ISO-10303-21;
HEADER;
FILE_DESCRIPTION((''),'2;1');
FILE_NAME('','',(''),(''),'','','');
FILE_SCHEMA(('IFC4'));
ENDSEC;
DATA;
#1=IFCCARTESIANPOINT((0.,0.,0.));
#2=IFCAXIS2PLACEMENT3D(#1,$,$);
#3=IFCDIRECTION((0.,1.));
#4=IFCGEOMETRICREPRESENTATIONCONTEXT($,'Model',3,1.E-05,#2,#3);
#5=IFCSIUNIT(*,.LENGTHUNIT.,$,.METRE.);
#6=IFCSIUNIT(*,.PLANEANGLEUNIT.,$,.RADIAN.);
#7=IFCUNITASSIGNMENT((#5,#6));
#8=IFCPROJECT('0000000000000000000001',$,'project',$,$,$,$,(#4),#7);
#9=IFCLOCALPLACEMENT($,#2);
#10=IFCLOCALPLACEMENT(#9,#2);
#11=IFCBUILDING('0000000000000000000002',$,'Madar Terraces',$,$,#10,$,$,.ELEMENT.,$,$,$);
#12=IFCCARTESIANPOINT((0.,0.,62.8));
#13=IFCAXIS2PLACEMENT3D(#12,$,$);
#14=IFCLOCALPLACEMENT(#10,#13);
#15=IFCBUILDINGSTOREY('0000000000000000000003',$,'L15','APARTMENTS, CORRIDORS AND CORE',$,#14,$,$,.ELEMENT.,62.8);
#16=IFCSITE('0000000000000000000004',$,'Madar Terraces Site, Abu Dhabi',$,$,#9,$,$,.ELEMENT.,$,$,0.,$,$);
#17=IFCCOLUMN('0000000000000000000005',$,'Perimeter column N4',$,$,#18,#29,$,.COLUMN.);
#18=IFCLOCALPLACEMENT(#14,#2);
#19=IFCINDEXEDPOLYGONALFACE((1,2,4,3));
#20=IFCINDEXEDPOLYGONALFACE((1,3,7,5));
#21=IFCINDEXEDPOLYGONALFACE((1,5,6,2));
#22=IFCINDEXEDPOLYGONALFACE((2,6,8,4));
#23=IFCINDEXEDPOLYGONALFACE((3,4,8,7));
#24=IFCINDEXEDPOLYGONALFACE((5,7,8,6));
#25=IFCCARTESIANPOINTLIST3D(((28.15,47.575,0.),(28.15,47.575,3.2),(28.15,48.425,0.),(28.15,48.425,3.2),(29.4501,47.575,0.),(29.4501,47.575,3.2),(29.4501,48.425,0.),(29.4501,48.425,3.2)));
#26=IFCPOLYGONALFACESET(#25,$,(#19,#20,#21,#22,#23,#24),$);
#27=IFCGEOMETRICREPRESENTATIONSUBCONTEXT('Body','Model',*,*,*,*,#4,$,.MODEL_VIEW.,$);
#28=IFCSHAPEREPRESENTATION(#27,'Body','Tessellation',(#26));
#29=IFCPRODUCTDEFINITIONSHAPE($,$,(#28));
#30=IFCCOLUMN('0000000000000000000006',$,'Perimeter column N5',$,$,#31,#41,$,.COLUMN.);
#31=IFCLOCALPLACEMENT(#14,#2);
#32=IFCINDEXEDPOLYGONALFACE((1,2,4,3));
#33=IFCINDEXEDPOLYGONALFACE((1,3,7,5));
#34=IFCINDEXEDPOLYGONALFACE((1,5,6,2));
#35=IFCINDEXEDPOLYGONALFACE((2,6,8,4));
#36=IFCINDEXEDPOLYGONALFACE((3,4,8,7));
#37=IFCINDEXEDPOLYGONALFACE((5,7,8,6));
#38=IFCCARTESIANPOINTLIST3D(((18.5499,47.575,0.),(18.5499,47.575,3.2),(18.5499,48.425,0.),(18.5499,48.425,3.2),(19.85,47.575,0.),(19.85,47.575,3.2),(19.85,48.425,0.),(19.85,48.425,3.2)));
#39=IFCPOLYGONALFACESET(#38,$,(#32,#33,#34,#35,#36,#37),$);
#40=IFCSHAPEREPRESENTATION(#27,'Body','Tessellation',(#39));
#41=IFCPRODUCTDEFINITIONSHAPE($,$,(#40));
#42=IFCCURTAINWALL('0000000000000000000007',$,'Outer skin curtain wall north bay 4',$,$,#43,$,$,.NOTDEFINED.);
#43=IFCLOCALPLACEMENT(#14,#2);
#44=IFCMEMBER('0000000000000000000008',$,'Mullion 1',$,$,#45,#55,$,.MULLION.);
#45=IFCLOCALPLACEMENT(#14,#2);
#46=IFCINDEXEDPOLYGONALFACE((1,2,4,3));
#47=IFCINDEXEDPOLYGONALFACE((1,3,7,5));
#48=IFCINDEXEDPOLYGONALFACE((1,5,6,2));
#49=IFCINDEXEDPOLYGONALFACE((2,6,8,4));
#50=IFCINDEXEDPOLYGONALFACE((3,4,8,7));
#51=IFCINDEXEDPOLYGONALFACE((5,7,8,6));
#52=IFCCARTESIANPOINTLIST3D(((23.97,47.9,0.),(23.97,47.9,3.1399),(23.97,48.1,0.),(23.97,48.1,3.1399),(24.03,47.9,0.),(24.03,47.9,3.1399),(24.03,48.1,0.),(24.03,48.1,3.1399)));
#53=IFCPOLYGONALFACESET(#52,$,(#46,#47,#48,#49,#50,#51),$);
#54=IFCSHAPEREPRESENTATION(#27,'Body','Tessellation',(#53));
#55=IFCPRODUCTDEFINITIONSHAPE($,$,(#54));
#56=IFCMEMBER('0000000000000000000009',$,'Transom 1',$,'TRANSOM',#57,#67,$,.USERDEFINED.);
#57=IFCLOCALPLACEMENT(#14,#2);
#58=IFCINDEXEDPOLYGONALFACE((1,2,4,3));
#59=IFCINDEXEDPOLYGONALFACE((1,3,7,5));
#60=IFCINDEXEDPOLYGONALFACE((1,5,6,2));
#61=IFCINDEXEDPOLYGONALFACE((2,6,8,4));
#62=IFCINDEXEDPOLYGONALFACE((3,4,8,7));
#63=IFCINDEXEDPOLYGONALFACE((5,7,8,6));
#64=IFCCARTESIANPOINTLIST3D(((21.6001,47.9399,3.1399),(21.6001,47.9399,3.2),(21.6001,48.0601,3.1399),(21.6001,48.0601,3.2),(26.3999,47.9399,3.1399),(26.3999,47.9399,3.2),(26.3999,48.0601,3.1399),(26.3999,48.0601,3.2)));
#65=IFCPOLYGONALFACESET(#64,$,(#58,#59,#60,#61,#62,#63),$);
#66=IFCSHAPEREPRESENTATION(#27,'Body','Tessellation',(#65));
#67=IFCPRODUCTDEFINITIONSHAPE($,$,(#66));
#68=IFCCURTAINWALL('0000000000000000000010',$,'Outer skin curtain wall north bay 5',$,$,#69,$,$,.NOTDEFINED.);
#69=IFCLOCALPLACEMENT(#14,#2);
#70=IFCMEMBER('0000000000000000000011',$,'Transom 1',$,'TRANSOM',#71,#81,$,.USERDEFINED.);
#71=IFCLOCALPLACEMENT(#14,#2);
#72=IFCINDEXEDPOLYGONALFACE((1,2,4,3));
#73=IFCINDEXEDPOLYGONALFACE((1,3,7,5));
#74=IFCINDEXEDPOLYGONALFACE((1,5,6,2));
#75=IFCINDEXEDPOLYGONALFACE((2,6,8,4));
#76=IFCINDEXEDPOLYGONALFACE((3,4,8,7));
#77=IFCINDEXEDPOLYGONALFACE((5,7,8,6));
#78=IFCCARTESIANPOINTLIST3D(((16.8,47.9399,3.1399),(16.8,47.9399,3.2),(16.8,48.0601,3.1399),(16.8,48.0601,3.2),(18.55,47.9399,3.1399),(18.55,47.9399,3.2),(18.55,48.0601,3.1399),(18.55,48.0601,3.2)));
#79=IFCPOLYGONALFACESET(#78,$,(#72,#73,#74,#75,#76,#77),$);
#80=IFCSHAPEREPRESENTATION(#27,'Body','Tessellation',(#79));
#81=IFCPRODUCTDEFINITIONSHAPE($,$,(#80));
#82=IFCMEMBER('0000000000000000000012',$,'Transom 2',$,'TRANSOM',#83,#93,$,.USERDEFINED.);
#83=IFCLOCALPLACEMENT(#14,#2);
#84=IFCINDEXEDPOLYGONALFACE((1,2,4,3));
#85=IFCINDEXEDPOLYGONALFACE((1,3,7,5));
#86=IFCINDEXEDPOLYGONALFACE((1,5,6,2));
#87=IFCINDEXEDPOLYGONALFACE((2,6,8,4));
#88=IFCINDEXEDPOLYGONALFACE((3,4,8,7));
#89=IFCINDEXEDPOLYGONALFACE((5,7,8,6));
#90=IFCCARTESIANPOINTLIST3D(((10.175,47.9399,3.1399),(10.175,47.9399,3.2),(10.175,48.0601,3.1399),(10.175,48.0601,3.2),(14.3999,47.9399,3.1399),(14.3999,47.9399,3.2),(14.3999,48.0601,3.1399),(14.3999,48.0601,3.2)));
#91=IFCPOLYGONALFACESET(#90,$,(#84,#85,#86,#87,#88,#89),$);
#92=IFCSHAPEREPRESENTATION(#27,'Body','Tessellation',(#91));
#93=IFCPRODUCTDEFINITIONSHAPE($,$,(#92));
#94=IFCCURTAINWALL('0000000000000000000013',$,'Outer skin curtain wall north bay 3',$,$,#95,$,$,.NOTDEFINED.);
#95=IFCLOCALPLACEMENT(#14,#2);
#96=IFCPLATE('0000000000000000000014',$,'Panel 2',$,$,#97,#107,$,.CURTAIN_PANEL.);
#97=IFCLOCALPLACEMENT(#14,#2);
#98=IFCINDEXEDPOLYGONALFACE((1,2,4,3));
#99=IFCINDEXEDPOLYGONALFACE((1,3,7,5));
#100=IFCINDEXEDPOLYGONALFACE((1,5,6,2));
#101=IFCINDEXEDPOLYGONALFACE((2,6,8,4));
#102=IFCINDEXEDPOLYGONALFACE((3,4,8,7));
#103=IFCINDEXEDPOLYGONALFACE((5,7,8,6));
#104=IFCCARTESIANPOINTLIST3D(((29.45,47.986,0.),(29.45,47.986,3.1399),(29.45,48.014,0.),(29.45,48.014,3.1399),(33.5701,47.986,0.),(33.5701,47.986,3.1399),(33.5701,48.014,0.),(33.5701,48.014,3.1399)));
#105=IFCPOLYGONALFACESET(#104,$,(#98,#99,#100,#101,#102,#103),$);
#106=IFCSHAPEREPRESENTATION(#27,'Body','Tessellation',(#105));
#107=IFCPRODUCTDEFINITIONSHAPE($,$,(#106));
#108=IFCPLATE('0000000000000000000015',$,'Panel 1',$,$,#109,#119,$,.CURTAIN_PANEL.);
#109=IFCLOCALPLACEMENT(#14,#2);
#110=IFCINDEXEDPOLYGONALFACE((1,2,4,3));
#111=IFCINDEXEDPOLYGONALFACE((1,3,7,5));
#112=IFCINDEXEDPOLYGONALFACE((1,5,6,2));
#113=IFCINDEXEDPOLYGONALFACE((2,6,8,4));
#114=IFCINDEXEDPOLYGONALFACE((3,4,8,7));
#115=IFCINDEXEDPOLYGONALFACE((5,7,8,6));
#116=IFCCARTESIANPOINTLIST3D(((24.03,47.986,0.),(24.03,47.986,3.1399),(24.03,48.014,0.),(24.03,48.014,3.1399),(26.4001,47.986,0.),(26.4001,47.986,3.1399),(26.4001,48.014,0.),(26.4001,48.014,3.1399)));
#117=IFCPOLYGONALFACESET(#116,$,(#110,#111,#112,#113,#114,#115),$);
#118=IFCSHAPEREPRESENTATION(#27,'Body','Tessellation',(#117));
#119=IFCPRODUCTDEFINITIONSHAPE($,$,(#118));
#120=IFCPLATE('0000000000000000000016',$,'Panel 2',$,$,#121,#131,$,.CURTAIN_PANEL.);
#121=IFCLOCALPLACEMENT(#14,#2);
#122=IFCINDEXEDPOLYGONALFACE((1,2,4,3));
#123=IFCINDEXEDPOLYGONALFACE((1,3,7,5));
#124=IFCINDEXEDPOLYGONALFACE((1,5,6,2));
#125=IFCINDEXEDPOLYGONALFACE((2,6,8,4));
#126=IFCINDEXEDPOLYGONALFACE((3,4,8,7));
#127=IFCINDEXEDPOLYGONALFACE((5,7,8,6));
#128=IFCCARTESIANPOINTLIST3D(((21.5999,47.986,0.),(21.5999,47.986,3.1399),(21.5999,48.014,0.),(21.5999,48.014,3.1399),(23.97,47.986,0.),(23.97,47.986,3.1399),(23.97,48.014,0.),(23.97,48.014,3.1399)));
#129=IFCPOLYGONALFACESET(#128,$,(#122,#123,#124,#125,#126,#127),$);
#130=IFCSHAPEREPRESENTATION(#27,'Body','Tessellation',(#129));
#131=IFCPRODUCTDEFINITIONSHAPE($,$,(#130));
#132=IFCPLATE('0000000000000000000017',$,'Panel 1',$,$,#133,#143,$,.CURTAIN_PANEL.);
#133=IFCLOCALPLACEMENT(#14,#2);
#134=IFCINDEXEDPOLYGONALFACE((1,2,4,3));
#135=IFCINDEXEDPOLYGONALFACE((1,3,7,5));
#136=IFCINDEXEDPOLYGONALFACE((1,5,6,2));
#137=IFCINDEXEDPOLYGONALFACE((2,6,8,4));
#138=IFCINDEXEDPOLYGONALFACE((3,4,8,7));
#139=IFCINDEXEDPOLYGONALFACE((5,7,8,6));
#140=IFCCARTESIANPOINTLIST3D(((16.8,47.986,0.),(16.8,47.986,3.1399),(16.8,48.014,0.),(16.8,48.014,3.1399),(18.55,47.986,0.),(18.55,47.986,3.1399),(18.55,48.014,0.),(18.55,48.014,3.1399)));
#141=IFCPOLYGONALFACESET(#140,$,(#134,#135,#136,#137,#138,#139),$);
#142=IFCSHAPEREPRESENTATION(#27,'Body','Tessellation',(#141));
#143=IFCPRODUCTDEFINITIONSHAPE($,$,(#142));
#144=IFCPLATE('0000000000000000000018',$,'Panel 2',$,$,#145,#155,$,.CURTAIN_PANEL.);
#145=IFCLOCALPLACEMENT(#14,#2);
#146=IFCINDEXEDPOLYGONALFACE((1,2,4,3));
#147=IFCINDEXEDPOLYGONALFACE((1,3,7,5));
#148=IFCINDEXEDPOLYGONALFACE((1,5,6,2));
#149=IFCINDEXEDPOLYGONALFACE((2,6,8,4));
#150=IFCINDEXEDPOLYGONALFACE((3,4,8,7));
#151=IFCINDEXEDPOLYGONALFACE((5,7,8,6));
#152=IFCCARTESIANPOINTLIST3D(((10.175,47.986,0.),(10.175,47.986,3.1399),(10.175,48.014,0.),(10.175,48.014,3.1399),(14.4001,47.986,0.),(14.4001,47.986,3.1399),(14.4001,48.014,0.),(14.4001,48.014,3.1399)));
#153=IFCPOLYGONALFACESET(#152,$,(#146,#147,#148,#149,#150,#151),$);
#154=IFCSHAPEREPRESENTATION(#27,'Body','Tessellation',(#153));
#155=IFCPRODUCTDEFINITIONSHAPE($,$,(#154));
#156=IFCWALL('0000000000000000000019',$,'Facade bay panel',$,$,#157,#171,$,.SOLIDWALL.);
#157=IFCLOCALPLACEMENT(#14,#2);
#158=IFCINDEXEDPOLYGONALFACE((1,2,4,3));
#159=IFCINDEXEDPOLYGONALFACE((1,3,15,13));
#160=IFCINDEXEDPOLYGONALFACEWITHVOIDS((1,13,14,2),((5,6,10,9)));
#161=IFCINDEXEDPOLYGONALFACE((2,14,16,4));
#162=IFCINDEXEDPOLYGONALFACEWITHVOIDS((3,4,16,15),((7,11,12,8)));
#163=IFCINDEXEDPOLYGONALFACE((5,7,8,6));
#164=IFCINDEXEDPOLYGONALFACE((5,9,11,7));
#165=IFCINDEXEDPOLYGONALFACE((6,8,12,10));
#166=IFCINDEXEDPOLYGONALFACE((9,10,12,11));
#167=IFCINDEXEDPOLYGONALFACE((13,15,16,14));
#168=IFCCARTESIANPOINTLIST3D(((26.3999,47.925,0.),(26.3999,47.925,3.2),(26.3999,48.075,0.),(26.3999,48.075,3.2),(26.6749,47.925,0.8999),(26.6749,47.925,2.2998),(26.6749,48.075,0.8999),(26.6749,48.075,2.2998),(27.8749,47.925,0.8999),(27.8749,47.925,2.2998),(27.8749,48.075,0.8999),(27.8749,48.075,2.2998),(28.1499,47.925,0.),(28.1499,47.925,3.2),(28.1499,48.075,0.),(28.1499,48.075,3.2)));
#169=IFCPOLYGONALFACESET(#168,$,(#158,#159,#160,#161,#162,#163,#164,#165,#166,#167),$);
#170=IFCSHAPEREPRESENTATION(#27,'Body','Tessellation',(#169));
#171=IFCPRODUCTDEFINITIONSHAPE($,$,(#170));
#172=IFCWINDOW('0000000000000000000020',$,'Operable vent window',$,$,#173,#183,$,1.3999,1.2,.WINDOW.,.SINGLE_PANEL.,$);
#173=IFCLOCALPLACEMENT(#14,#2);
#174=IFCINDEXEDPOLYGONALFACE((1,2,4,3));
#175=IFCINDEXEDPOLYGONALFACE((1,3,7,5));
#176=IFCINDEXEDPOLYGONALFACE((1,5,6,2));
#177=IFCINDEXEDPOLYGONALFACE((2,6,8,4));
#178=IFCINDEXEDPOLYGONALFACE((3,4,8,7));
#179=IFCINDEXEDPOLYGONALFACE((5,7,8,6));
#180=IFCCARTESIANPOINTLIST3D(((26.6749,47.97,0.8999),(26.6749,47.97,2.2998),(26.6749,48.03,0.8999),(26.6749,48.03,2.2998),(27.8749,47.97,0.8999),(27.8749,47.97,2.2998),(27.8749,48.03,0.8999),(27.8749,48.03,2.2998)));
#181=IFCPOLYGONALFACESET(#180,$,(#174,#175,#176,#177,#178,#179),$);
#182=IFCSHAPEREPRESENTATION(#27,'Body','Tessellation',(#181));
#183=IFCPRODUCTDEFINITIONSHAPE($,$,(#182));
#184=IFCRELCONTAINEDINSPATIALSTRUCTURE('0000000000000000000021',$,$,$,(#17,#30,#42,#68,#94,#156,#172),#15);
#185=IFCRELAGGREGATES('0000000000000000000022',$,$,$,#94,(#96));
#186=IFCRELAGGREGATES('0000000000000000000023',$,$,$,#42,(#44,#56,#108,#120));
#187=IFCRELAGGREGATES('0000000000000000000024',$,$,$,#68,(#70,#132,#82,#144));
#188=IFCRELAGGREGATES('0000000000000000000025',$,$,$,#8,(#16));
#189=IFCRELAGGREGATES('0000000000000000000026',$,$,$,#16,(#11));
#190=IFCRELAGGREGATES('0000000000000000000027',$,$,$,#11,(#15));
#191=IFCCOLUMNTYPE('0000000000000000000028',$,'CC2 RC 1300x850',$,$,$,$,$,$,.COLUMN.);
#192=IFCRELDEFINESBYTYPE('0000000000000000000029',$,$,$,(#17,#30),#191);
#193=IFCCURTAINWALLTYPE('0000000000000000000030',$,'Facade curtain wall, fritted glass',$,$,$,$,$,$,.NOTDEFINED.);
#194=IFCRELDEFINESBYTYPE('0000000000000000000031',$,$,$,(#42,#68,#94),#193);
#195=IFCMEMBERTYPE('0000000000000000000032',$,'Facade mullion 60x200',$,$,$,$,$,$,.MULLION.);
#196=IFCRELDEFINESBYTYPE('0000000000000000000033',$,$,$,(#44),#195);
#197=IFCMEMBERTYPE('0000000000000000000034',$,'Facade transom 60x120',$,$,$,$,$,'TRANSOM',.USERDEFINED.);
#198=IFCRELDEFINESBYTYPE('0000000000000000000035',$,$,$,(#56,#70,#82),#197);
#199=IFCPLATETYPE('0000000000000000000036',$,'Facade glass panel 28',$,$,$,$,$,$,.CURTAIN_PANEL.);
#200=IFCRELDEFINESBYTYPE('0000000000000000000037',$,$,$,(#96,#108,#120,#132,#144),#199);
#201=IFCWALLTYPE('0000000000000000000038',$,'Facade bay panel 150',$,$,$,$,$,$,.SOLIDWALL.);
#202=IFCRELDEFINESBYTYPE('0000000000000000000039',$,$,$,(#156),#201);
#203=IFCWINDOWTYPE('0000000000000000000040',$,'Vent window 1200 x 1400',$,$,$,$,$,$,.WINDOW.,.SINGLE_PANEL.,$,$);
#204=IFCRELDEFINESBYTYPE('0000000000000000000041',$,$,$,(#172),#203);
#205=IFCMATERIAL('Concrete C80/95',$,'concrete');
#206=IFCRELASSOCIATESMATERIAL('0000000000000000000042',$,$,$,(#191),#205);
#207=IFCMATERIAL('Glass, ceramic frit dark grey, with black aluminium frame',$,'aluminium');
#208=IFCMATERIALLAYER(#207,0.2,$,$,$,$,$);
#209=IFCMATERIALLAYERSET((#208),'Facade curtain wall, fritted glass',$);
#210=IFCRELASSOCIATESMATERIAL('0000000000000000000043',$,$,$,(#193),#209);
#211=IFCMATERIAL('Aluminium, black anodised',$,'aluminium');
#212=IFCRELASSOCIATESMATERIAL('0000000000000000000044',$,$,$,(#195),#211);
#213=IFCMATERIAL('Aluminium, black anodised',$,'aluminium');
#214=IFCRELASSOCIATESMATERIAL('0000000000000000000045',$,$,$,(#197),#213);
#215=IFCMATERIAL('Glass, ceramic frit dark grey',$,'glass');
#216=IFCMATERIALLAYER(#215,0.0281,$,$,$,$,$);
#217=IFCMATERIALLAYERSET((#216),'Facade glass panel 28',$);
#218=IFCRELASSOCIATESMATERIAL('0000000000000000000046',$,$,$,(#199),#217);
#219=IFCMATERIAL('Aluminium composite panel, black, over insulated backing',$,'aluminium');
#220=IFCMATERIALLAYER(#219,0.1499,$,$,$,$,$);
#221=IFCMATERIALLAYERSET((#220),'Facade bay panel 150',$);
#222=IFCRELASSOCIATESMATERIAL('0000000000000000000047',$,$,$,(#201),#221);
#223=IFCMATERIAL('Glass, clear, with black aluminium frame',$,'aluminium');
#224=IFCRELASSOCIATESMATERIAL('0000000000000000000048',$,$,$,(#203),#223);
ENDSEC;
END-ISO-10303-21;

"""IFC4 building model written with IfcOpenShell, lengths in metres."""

from ifc_helpers import new_model, si_unit, direction, frame, frame_2d, origin, origin_2d, place, context, subcontext, project, spatial, rectangle, extrude, material, layer, layer_set, material_profile, profile_set, type_object, element, fill, aggregate, save


model = new_model("IFC4")

# Units and contexts
model_context = context("Model", 3, precision=1e-05, world=origin(), true_north=direction((0.0, 1.0)))
body_context = subcontext(model_context, "Body", "Model", "MODEL_VIEW")
ifc_project = project(units=[si_unit("LENGTHUNIT", "METRE"), si_unit("PLANEANGLEUNIT", "RADIAN")], contexts=[model_context])

# Site, building, storey
site_placement = place(None, origin())
site = spatial("IfcSite", under=ifc_project, at=site_placement, Name="Madar Terraces Site, Abu Dhabi", CompositionType="ELEMENT", RefElevation=0.0)
building_placement = place(site_placement, origin())
building = spatial("IfcBuilding", under=site, at=building_placement, Name="Madar Terraces", CompositionType="ELEMENT")
storey_placement = place(building_placement, frame((0.0, 0.0, 62.8)))
storey = spatial("IfcBuildingStorey", under=building, at=storey_placement, Name="L15", Description="APARTMENTS, CORRIDORS AND CORE", CompositionType="ELEMENT", Elevation=62.8)

# Columns
ifc_material_1 = material(Name="Concrete C80/95", Category="concrete")
ifc_material_profile_1 = material_profile(ifc_material_1, rectangle(XDim=1.3, YDim=0.8501, at=origin_2d()), Name="CC2 RC 1300x850")
ifc_profile_set_1 = profile_set([ifc_material_profile_1], Name="Concrete C80/95")
column_type = type_object("IfcColumnType", Name="CC2 RC 1300x850", PredefinedType="COLUMN", material=ifc_profile_set_1)
for number, where, z_axis, x_axis, name in (
    (1, (28.8, 48.0, 0.0), (0.0, 0.0, 1.0), (1.0, 0.0, 0.0), "Perimeter column N4"),
    (2, (19.2, 48.0, 0.0), (0.0, 0.0, 1.0), (1.0, 0.0, 0.0), "Perimeter column N5"),
):
    element("IfcColumn", number, at=place(storey_placement, frame(where, z_axis=z_axis, x_axis=x_axis)), inside=storey, type_object=column_type, Name=name, PredefinedType="COLUMN", context=body_context, shape_type="SweptSolid", body=[
        extrude(rectangle(XDim=1.3, YDim=0.8501, at=origin_2d()), origin(), (0.0, 0.0, 1.0), 3.2),
    ])

# Curtain walls, members
ifc_material_2 = material(Name="Glass, ceramic frit dark grey, with black aluminium frame", Category="aluminium")
ifc_layer_1 = layer(ifc_material_2, 0.2)
ifc_layer_set_1 = layer_set([ifc_layer_1], Name="Facade curtain wall, fritted glass")
curtain_wall_type = type_object("IfcCurtainWallType", Name="Facade curtain wall, fritted glass", PredefinedType="NOTDEFINED", material=ifc_layer_set_1)
curtain_wall_1_placement = place(storey_placement, origin())
curtain_wall_1 = element("IfcCurtainWall", 3, at=curtain_wall_1_placement, inside=storey, type_object=curtain_wall_type, Name="Outer skin curtain wall north bay 4", PredefinedType="NOTDEFINED")
ifc_material_3 = material(Name="Aluminium, black anodised", Category="aluminium")
ifc_material_profile_2 = material_profile(ifc_material_3, rectangle(XDim=0.2, YDim=0.0601, at=origin_2d()), Name="Facade mullion 60x200")
ifc_profile_set_2 = profile_set([ifc_material_profile_2], Name="Aluminium, black anodised")
member_type_1 = type_object("IfcMemberType", Name="Facade mullion 60x200", PredefinedType="MULLION", material=ifc_profile_set_2)
member_1_placement = place(storey_placement, frame((24.0, 48.0, 0.0), z_axis=(0.0, 0.0, 1.0), x_axis=(0.0, -1.0, 0.0)))
member_1 = element("IfcMember", 4, at=member_1_placement, type_object=member_type_1, Name="Mullion 1", PredefinedType="MULLION", context=body_context, shape_type="SweptSolid", body=[
    extrude(rectangle(XDim=0.2, YDim=0.0601, at=origin_2d()), origin(), (0.0, 0.0, 1.0), 3.1399),
])
ifc_material_4 = material(Name="Aluminium, black anodised", Category="aluminium")
ifc_material_profile_3 = material_profile(ifc_material_4, rectangle(XDim=0.1201, YDim=0.0601, at=origin_2d()), Name="Facade transom 60x120")
ifc_profile_set_3 = profile_set([ifc_material_profile_3], Name="Aluminium, black anodised")
member_type_2 = type_object("IfcMemberType", Name="Facade transom 60x120", ElementType="TRANSOM", PredefinedType="USERDEFINED", material=ifc_profile_set_3)
member_2_placement = place(storey_placement, frame((26.3999, 48.0, 3.1699), z_axis=(-1.0, 0.0, 0.0), x_axis=(0.0, -1.0, 0.0)))
member_2 = element("IfcMember", 5, at=member_2_placement, type_object=member_type_2, Name="Transom 1", ObjectType="TRANSOM", PredefinedType="USERDEFINED", context=body_context, shape_type="SweptSolid", body=[
    extrude(rectangle(XDim=0.1201, YDim=0.0601, at=origin_2d()), origin(), (0.0, 0.0, 1.0), 4.7998),
])
curtain_wall_2_placement = place(storey_placement, origin())
curtain_wall_2 = element("IfcCurtainWall", 6, at=curtain_wall_2_placement, inside=storey, type_object=curtain_wall_type, Name="Outer skin curtain wall north bay 5", PredefinedType="NOTDEFINED")
member_3_placement = place(storey_placement, frame((18.55, 48.0, 3.1699), z_axis=(-1.0, 0.0, 0.0), x_axis=(0.0, -1.0, 0.0)))
member_3 = element("IfcMember", 7, at=member_3_placement, type_object=member_type_2, Name="Transom 1", ObjectType="TRANSOM", PredefinedType="USERDEFINED", context=body_context, shape_type="SweptSolid", body=[
    extrude(rectangle(XDim=0.1201, YDim=0.0601, at=origin_2d()), origin(), (0.0, 0.0, 1.0), 1.75),
])
member_4_placement = place(storey_placement, frame((14.3999, 48.0, 3.1699), z_axis=(-1.0, 0.0, 0.0), x_axis=(0.0, -1.0, 0.0)))
member_4 = element("IfcMember", 8, at=member_4_placement, type_object=member_type_2, Name="Transom 2", ObjectType="TRANSOM", PredefinedType="USERDEFINED", context=body_context, shape_type="SweptSolid", body=[
    extrude(rectangle(XDim=0.1201, YDim=0.0601, at=origin_2d()), origin(), (0.0, 0.0, 1.0), 4.2249),
])

# Curtain wall, plate
curtain_wall_3_placement = place(storey_placement, origin())
curtain_wall_3 = element("IfcCurtainWall", 9, at=curtain_wall_3_placement, inside=storey, type_object=curtain_wall_type, Name="Outer skin curtain wall north bay 3", PredefinedType="NOTDEFINED")
ifc_material_5 = material(Name="Glass, ceramic frit dark grey", Category="glass")
ifc_layer_2 = layer(ifc_material_5, 0.0281)
ifc_layer_set_2 = layer_set([ifc_layer_2], Name="Facade glass panel 28")
plate_type = type_object("IfcPlateType", Name="Facade glass panel 28", PredefinedType="CURTAIN_PANEL", material=ifc_layer_set_2)
plate_1_placement = place(storey_placement, frame((31.51, 48.0, 0.0), z_axis=(0.0, 0.0, 1.0), x_axis=(-1.0, 0.0, 0.0)))
plate_1 = element("IfcPlate", 10, at=plate_1_placement, type_object=plate_type, Name="Panel 2", PredefinedType="CURTAIN_PANEL", context=body_context, shape_type="SweptSolid", body=[
    extrude(rectangle(XDim=4.1201, YDim=0.0281, at=origin_2d()), origin(), (0.0, 0.0, 1.0), 3.1399),
])
aggregate(curtain_wall_3, [plate_1])

# Plates
plate_2_placement = place(storey_placement, frame((25.2151, 48.0, 0.0), z_axis=(0.0, 0.0, 1.0), x_axis=(-1.0, 0.0, 0.0)))
plate_2 = element("IfcPlate", 11, at=plate_2_placement, type_object=plate_type, Name="Panel 1", PredefinedType="CURTAIN_PANEL", context=body_context, shape_type="SweptSolid", body=[
    extrude(rectangle(XDim=2.3701, YDim=0.0281, at=origin_2d()), origin(), (0.0, 0.0, 1.0), 3.1399),
])
plate_3_placement = place(storey_placement, frame((22.7849, 48.0, 0.0), z_axis=(0.0, 0.0, 1.0), x_axis=(-1.0, 0.0, 0.0)))
plate_3 = element("IfcPlate", 12, at=plate_3_placement, type_object=plate_type, Name="Panel 2", PredefinedType="CURTAIN_PANEL", context=body_context, shape_type="SweptSolid", body=[
    extrude(rectangle(XDim=2.3701, YDim=0.0281, at=origin_2d()), origin(), (0.0, 0.0, 1.0), 3.1399),
])
aggregate(curtain_wall_1, [member_1, member_2, plate_2, plate_3])
plate_4_placement = place(storey_placement, frame((17.675, 48.0, 0.0), z_axis=(0.0, 0.0, 1.0), x_axis=(-1.0, 0.0, 0.0)))
plate_4 = element("IfcPlate", 13, at=plate_4_placement, type_object=plate_type, Name="Panel 1", PredefinedType="CURTAIN_PANEL", context=body_context, shape_type="SweptSolid", body=[
    extrude(rectangle(XDim=1.75, YDim=0.0281, at=origin_2d()), origin(), (0.0, 0.0, 1.0), 3.1399),
])
plate_5_placement = place(storey_placement, frame((12.2876, 48.0, 0.0), z_axis=(0.0, 0.0, 1.0), x_axis=(-1.0, 0.0, 0.0)))
plate_5 = element("IfcPlate", 14, at=plate_5_placement, type_object=plate_type, Name="Panel 2", PredefinedType="CURTAIN_PANEL", context=body_context, shape_type="SweptSolid", body=[
    extrude(rectangle(XDim=4.2251, YDim=0.0281, at=origin_2d()), origin(), (0.0, 0.0, 1.0), 3.1399),
])
aggregate(curtain_wall_2, [member_3, plate_4, member_4, plate_5])

# Wall, opening, window
ifc_material_6 = material(Name="Aluminium composite panel, black, over insulated backing", Category="aluminium")
ifc_layer_3 = layer(ifc_material_6, 0.1499)
ifc_layer_set_3 = layer_set([ifc_layer_3], Name="Facade bay panel 150")
wall_type_1 = type_object("IfcWallType", Name="Facade bay panel 150", PredefinedType="SOLIDWALL", material=ifc_layer_set_3)
wall_1_placement = place(storey_placement, frame((28.1499, 48.0, 0.0), z_axis=(0.0, 0.0, 1.0), x_axis=(-1.0, 0.0, 0.0)))
wall_1 = element("IfcWall", 15, at=wall_1_placement, inside=storey, type_object=wall_type_1, Name="Facade bay panel", PredefinedType="SOLIDWALL", context=body_context, shape_type="SweptSolid", body=[
    extrude(rectangle(XDim=1.75, YDim=0.1499, at=frame_2d((0.875, 0.0))), origin(), (0.0, 0.0, 1.0), 3.2),
])
opening_1_placement = place(wall_1_placement, frame((0.2749, 0.0, 0.8999)))
opening_1 = element("IfcOpeningElement", 16, at=opening_1_placement, cuts=wall_1, PredefinedType="OPENING", context=body_context, shape_type="SweptSolid", body=[
    extrude(rectangle(XDim=1.2, YDim=1.3999, at=frame_2d((0.6001, 0.7))), frame((0.0, 0.085, 0.0), z_axis=(0.0, -1.0, 0.0), x_axis=(1.0, 0.0, 0.0)), (0.0, 0.0, 1.0), 0.1699),
])
ifc_material_7 = material(Name="Glass, clear, with black aluminium frame", Category="aluminium")
window_type = type_object("IfcWindowType", Name="Vent window 1200 x 1400", PartitioningType="SINGLE_PANEL", PredefinedType="WINDOW", material=ifc_material_7)
window_1_placement = place(opening_1_placement, origin())
window_1 = element("IfcWindow", 17, at=window_1_placement, inside=storey, type_object=window_type, Name="Operable vent window", OverallHeight=1.3999, OverallWidth=1.2, PartitioningType="SINGLE_PANEL", PredefinedType="WINDOW", context=body_context, shape_type="SweptSolid", body=[
    extrude(rectangle(XDim=1.2, YDim=1.3999, at=frame_2d((0.6001, 0.7))), frame((0.0, 0.03, 0.0), z_axis=(0.0, -1.0, 0.0), x_axis=(1.0, 0.0, 0.0)), (0.0, 0.0, 1.0), 0.0601),
])
fill(opening_1, window_1)

save(model, "model.ifc")
